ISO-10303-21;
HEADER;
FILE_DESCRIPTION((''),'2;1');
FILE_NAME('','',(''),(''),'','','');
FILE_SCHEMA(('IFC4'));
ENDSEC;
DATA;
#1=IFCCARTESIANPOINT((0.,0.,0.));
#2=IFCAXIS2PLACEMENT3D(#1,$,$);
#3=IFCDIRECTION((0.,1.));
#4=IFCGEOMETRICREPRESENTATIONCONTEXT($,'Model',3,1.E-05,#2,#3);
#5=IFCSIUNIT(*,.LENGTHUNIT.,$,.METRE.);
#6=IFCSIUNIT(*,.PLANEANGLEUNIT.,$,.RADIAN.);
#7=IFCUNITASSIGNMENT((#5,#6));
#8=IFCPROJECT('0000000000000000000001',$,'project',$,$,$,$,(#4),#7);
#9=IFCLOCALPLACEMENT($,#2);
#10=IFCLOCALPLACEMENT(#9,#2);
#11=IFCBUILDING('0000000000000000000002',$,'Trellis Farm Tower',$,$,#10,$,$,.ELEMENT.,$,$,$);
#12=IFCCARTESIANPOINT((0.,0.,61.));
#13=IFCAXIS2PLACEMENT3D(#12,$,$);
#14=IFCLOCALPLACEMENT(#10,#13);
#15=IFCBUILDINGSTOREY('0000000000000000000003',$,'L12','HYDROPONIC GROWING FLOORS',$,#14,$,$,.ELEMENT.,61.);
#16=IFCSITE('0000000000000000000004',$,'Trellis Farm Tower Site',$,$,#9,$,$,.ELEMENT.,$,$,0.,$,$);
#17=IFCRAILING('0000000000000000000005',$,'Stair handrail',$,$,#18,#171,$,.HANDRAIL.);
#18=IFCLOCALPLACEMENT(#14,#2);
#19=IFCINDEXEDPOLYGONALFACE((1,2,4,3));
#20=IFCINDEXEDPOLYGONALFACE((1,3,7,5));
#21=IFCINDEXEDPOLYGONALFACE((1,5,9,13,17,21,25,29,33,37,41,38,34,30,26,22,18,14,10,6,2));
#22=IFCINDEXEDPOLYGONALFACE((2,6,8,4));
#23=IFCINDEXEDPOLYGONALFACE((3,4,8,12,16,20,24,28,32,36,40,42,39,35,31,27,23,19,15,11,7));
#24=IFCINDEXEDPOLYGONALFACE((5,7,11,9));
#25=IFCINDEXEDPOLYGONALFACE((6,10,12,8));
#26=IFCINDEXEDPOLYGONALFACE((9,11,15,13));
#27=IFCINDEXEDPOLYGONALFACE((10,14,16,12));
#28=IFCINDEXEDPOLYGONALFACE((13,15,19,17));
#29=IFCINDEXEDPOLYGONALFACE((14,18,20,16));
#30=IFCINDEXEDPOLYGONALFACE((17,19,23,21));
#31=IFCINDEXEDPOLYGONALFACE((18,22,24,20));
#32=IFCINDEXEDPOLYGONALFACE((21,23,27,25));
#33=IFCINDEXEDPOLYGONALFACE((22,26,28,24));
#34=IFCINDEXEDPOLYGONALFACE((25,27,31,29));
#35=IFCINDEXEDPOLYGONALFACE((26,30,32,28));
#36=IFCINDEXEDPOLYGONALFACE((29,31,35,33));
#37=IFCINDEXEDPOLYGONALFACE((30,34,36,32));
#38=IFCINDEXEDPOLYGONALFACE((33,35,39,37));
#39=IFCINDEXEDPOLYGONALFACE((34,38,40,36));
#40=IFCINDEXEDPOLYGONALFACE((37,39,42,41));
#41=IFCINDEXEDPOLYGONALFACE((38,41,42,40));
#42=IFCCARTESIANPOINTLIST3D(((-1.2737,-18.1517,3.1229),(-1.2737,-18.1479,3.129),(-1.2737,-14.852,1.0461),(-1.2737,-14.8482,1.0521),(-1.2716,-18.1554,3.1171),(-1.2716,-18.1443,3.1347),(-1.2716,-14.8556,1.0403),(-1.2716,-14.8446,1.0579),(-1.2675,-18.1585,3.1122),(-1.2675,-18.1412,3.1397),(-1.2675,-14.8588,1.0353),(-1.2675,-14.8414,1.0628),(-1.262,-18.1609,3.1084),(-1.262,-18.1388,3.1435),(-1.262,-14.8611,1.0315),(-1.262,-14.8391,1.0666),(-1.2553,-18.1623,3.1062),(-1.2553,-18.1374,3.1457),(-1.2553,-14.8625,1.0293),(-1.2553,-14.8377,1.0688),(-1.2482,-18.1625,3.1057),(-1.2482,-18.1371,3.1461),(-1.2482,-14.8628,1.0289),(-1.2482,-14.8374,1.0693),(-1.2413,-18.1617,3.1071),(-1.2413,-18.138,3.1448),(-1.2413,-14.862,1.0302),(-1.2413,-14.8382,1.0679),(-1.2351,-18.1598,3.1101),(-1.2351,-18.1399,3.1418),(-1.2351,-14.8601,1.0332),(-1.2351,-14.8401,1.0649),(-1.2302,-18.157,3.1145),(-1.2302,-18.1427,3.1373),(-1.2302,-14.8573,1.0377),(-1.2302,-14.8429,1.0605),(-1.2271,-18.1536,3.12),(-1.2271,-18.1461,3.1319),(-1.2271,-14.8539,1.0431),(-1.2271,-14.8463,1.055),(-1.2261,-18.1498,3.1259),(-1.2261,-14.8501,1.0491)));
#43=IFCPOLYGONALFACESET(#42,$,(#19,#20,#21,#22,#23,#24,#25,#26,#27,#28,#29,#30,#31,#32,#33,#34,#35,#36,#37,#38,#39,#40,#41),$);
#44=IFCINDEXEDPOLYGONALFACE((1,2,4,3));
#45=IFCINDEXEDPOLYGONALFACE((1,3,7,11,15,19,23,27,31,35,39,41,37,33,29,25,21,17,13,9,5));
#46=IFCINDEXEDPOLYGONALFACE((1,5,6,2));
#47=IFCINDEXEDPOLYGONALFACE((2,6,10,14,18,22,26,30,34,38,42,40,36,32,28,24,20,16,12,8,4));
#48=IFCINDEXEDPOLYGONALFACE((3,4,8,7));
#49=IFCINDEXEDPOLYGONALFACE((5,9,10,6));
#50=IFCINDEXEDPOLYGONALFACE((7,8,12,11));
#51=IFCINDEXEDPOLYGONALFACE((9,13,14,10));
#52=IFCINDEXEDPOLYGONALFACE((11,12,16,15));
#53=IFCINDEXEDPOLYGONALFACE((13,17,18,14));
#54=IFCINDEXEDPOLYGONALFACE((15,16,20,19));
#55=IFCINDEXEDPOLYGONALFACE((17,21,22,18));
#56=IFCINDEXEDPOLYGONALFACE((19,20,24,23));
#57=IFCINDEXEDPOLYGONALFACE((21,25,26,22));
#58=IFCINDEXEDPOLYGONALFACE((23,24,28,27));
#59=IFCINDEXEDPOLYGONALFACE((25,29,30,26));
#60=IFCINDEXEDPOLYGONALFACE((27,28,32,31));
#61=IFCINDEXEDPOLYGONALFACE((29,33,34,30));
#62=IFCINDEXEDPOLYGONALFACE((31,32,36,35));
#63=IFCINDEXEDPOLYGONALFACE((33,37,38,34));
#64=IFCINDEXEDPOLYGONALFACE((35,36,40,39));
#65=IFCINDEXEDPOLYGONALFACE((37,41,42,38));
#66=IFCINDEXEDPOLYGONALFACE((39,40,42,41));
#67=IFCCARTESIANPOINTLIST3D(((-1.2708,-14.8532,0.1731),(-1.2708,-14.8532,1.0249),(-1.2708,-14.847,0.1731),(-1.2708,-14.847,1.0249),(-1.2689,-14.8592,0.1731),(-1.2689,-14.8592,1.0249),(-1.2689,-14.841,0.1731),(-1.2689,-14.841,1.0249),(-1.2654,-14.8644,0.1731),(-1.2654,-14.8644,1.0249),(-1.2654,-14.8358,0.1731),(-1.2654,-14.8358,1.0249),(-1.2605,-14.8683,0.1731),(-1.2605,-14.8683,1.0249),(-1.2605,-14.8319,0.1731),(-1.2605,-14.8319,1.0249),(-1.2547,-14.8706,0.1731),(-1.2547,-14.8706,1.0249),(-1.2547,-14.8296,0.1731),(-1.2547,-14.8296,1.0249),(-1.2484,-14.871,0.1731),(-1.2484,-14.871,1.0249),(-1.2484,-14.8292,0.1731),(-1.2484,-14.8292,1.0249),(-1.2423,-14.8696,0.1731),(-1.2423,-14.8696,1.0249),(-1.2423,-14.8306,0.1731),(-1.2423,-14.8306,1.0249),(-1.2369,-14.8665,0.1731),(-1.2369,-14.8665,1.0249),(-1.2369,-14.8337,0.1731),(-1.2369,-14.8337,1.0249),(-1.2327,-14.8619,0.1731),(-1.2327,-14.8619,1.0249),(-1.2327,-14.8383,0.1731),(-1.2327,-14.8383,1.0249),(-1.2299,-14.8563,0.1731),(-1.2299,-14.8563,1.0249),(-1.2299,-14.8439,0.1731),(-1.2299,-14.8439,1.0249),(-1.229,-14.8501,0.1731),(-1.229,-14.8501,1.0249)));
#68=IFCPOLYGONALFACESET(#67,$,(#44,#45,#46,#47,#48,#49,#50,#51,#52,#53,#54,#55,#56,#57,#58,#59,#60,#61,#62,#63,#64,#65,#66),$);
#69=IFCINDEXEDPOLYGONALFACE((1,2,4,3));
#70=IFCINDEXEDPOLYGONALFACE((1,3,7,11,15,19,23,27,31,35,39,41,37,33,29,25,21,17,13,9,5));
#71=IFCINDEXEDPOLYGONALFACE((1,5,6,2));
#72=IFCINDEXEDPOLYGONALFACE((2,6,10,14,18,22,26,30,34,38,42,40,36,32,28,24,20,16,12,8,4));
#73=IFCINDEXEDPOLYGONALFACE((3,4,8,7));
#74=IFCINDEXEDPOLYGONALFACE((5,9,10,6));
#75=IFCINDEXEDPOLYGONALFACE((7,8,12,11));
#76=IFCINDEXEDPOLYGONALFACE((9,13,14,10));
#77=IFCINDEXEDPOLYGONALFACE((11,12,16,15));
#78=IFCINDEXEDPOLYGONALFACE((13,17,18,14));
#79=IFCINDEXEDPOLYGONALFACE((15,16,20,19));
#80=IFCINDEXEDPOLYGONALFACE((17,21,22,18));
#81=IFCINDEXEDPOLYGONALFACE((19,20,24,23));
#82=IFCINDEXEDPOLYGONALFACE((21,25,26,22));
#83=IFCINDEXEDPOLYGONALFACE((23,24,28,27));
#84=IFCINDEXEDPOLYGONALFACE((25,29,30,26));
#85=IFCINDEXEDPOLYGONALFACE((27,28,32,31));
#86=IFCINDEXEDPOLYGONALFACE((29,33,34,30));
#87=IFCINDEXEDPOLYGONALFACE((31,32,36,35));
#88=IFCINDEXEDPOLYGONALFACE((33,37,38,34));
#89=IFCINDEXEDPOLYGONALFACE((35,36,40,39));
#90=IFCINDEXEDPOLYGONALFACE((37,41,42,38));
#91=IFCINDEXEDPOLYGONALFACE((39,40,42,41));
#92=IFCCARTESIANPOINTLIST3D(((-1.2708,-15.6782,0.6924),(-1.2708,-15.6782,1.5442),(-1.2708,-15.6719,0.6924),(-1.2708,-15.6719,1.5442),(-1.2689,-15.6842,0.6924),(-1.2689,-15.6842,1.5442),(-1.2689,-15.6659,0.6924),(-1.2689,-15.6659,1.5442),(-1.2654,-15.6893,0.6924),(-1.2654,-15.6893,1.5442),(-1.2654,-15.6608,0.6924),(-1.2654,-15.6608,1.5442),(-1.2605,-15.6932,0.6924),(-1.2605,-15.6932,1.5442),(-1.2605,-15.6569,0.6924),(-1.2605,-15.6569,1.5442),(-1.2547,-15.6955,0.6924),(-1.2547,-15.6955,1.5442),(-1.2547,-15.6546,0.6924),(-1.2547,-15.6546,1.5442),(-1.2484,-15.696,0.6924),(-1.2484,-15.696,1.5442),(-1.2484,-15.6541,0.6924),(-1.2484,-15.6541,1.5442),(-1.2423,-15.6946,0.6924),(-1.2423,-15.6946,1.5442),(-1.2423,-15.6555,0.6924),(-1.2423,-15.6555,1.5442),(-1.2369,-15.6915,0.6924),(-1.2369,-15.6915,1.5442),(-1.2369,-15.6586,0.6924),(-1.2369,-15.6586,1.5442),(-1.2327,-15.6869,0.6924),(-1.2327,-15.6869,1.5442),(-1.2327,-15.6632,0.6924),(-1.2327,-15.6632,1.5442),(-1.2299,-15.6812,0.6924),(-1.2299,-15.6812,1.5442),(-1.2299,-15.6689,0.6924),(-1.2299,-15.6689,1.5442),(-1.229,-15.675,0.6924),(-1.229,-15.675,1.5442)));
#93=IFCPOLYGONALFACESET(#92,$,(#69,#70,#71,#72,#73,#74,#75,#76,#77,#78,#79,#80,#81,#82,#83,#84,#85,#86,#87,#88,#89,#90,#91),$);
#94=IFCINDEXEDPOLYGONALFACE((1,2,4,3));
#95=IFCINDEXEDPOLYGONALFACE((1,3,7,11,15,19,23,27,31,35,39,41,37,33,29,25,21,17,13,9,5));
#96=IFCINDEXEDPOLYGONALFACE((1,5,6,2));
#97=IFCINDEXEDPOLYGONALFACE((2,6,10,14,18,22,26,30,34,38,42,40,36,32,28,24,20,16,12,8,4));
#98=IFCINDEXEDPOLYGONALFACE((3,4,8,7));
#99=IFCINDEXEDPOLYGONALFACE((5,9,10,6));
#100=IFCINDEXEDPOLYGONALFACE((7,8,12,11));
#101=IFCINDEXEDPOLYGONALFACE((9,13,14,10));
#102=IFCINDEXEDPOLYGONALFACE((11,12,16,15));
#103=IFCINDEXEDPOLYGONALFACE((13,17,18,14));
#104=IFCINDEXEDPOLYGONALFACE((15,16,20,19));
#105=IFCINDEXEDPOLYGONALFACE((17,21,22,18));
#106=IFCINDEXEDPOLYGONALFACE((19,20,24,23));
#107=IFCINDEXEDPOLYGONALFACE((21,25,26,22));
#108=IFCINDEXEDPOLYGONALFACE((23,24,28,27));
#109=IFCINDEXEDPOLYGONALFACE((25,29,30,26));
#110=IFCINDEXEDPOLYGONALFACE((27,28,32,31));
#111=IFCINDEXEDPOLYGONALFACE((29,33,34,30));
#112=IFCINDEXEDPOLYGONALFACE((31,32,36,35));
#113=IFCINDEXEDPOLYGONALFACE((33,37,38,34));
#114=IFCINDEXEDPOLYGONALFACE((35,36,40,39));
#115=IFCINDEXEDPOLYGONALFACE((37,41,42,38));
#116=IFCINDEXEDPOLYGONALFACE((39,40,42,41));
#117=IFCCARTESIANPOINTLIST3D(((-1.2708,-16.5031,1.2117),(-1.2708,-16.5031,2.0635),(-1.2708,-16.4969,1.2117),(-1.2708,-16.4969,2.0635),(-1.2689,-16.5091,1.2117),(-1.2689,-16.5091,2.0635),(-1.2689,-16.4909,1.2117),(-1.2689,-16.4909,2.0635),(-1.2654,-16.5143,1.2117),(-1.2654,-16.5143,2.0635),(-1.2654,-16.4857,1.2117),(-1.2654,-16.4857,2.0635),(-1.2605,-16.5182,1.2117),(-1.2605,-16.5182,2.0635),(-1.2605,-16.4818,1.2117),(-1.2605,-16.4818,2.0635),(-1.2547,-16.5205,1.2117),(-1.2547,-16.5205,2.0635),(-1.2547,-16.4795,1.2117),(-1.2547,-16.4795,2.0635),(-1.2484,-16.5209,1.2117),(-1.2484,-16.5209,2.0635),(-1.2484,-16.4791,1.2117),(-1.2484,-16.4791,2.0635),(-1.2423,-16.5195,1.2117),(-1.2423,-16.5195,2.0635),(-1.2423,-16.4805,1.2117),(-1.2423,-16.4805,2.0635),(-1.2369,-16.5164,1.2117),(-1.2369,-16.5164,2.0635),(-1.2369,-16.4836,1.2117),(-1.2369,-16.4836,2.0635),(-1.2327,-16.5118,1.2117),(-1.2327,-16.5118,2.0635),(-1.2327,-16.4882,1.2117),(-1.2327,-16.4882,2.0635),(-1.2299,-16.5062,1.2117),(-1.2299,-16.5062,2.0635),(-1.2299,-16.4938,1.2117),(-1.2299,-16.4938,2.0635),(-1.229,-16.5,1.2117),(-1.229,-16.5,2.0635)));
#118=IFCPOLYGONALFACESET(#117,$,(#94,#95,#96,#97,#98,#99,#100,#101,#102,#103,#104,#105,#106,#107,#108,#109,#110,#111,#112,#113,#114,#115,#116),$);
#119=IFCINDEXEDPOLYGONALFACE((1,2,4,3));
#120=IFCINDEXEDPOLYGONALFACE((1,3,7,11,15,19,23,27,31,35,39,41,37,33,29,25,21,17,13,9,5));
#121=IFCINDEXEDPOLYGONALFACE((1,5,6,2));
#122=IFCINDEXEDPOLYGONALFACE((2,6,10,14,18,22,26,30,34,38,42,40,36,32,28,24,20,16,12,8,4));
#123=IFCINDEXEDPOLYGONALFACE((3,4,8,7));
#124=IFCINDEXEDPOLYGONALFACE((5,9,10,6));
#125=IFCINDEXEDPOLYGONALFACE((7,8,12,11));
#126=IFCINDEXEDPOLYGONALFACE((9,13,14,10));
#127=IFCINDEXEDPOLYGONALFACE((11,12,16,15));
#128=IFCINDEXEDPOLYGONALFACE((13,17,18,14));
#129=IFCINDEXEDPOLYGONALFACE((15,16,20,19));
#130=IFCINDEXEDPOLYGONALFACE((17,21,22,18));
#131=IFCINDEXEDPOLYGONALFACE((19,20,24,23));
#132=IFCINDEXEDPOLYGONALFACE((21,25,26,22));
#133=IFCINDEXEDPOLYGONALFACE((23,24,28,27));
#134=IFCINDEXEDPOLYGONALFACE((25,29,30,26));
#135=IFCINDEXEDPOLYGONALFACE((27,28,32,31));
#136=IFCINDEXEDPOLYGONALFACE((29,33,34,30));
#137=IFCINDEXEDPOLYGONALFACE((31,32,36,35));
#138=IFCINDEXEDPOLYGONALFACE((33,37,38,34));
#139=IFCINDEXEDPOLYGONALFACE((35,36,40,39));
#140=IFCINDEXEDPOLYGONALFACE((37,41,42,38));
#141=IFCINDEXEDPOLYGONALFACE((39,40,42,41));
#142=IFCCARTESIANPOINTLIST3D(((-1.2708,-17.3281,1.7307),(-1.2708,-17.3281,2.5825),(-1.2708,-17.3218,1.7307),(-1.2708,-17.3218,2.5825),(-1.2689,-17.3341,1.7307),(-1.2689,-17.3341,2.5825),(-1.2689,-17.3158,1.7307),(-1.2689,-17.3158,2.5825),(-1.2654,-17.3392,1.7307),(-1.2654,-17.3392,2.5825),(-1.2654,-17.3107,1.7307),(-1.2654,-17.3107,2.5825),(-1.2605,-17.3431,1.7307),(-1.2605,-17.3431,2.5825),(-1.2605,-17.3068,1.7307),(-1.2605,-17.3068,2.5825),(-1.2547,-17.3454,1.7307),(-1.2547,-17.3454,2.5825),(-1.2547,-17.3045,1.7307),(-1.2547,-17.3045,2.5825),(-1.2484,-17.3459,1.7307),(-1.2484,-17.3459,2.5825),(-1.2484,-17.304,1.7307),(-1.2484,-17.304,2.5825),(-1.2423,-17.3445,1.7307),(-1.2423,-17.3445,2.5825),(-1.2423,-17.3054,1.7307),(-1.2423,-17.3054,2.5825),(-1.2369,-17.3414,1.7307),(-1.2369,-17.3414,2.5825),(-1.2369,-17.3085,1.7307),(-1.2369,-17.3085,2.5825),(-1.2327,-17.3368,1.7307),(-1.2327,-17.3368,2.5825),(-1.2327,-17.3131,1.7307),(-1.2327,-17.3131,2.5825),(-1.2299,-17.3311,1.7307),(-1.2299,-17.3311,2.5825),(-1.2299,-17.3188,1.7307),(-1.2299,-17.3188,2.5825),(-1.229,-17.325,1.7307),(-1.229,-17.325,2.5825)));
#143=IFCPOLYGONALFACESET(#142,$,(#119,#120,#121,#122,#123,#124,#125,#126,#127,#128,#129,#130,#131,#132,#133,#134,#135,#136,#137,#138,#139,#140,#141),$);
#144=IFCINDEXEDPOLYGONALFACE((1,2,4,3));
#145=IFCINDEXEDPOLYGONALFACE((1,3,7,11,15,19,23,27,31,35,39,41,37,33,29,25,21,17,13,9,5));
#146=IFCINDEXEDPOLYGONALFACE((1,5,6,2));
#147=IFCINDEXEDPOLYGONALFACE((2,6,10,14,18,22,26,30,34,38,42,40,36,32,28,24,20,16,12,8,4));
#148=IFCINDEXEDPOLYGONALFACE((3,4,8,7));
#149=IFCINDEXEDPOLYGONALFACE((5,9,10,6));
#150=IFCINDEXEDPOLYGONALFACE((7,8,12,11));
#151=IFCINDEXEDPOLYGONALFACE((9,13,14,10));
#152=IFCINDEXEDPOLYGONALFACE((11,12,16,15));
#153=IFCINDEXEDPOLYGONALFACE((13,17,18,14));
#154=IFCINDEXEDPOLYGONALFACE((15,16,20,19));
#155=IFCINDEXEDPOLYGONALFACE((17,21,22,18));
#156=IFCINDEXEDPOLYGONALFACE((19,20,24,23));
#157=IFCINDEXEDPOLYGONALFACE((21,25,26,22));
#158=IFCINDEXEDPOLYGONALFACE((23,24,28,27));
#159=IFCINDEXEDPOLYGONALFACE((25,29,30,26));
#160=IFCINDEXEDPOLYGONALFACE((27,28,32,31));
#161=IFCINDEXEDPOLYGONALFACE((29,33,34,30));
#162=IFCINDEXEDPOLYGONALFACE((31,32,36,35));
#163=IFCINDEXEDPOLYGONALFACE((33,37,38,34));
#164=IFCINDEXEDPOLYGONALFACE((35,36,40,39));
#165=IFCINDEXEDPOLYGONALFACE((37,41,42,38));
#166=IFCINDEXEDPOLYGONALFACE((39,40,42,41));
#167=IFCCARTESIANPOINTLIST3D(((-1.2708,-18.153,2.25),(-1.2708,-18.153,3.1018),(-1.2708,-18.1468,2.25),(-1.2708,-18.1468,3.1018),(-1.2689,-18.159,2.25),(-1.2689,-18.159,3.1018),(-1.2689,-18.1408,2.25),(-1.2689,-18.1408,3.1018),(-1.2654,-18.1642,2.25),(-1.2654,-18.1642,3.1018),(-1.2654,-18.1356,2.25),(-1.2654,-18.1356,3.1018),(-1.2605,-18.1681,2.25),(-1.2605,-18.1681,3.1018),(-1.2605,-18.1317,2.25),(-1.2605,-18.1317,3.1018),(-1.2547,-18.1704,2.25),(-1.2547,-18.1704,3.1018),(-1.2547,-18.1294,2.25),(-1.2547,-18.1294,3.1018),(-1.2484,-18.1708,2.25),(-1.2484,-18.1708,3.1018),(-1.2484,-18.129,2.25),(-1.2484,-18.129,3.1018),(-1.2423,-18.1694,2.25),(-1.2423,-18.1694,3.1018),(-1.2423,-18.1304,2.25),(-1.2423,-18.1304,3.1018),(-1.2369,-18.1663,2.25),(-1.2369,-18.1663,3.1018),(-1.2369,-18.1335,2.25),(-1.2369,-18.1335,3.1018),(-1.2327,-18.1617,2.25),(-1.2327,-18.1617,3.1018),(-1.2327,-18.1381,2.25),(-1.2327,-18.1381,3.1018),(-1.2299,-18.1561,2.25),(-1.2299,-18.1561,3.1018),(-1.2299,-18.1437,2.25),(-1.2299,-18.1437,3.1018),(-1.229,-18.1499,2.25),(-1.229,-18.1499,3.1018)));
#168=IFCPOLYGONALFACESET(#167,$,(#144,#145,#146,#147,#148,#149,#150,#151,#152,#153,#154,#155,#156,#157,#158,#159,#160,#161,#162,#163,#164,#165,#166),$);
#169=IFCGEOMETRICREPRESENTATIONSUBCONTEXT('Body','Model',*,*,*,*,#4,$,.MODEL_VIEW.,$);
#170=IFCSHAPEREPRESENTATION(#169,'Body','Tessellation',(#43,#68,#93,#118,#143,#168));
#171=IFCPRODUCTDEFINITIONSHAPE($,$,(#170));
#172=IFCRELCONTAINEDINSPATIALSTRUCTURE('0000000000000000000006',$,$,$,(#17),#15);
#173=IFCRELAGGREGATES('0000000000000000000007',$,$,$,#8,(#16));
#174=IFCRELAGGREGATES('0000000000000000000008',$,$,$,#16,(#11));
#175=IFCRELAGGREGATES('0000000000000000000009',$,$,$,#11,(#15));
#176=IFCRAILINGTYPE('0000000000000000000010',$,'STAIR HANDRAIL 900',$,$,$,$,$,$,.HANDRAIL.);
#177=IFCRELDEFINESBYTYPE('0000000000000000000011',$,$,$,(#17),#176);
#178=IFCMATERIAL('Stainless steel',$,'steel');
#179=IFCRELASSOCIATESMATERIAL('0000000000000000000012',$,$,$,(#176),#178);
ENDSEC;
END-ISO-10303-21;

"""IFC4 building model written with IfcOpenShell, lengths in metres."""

from ifc_helpers import new_model, si_unit, direction, frame, origin, origin_2d, place, context, subcontext, project, spatial, circle, extrude, source, transform, mapped, material, type_object, element, save


model = new_model("IFC4")

# Units and contexts
model_context = context("Model", 3, precision=1e-05, world=origin(), true_north=direction((0.0, 1.0)))
body_context = subcontext(model_context, "Body", "Model", "MODEL_VIEW")
ifc_project = project(units=[si_unit("LENGTHUNIT", "METRE"), si_unit("PLANEANGLEUNIT", "RADIAN")], contexts=[model_context])

# Site, building, storey
site_placement = place(None, origin())
site = spatial("IfcSite", under=ifc_project, at=site_placement, Name="Trellis Farm Tower Site", CompositionType="ELEMENT", RefElevation=0.0)
building_placement = place(site_placement, origin())
building = spatial("IfcBuilding", under=site, at=building_placement, Name="Trellis Farm Tower", CompositionType="ELEMENT")
storey_placement = place(building_placement, frame((0.0, 0.0, 61.0)))
storey = spatial("IfcBuildingStorey", under=building, at=storey_placement, Name="L12", Description="HYDROPONIC GROWING FLOORS", CompositionType="ELEMENT", Elevation=61.0)

# Railing
ifc_material_1 = material(Name="Stainless steel", Category="steel")
railing_type = type_object("IfcRailingType", Name="STAIR HANDRAIL 900", PredefinedType="HANDRAIL", material=ifc_material_1)
shared_shape_1 = source(origin(), body_context, "Body", "SweptSolid", [
    extrude(circle(Radius=0.0239, at=origin_2d()), frame((0.0, 0.0, 0.876), z_axis=(0.0, -0.84632, 0.532675), x_axis=(1.0, 0.0, 0.0)), (0.0, 0.0, 1.0), 3.8989),
    extrude(circle(Radius=0.021, at=origin_2d()), origin(), (0.0, 0.0, 1.0), 0.8518),
    extrude(circle(Radius=0.021, at=origin_2d()), frame((0.0, -0.825, 0.5193)), (0.0, 0.0, 1.0), 0.8518),
    extrude(circle(Radius=0.021, at=origin_2d()), frame((0.0, -1.6499, 1.0386)), (0.0, 0.0, 1.0), 0.8518),
    extrude(circle(Radius=0.021, at=origin_2d()), frame((0.0, -2.4749, 1.5576)), (0.0, 0.0, 1.0), 0.8518),
    extrude(circle(Radius=0.021, at=origin_2d()), frame((0.0, -3.2998, 2.0769)), (0.0, 0.0, 1.0), 0.8518),
])
railing_placement = place(storey_placement, frame((-1.25, -14.8501, 0.1731)))
element("IfcRailing", 1, at=railing_placement, inside=storey, type_object=railing_type, Name="Stair handrail", PredefinedType="HANDRAIL", context=body_context, shape_type="MappedRepresentation", body=[
    mapped(shared_shape_1, transform((0.0, 0.0, 0.0))),
])

save(model, "model.ifc")
